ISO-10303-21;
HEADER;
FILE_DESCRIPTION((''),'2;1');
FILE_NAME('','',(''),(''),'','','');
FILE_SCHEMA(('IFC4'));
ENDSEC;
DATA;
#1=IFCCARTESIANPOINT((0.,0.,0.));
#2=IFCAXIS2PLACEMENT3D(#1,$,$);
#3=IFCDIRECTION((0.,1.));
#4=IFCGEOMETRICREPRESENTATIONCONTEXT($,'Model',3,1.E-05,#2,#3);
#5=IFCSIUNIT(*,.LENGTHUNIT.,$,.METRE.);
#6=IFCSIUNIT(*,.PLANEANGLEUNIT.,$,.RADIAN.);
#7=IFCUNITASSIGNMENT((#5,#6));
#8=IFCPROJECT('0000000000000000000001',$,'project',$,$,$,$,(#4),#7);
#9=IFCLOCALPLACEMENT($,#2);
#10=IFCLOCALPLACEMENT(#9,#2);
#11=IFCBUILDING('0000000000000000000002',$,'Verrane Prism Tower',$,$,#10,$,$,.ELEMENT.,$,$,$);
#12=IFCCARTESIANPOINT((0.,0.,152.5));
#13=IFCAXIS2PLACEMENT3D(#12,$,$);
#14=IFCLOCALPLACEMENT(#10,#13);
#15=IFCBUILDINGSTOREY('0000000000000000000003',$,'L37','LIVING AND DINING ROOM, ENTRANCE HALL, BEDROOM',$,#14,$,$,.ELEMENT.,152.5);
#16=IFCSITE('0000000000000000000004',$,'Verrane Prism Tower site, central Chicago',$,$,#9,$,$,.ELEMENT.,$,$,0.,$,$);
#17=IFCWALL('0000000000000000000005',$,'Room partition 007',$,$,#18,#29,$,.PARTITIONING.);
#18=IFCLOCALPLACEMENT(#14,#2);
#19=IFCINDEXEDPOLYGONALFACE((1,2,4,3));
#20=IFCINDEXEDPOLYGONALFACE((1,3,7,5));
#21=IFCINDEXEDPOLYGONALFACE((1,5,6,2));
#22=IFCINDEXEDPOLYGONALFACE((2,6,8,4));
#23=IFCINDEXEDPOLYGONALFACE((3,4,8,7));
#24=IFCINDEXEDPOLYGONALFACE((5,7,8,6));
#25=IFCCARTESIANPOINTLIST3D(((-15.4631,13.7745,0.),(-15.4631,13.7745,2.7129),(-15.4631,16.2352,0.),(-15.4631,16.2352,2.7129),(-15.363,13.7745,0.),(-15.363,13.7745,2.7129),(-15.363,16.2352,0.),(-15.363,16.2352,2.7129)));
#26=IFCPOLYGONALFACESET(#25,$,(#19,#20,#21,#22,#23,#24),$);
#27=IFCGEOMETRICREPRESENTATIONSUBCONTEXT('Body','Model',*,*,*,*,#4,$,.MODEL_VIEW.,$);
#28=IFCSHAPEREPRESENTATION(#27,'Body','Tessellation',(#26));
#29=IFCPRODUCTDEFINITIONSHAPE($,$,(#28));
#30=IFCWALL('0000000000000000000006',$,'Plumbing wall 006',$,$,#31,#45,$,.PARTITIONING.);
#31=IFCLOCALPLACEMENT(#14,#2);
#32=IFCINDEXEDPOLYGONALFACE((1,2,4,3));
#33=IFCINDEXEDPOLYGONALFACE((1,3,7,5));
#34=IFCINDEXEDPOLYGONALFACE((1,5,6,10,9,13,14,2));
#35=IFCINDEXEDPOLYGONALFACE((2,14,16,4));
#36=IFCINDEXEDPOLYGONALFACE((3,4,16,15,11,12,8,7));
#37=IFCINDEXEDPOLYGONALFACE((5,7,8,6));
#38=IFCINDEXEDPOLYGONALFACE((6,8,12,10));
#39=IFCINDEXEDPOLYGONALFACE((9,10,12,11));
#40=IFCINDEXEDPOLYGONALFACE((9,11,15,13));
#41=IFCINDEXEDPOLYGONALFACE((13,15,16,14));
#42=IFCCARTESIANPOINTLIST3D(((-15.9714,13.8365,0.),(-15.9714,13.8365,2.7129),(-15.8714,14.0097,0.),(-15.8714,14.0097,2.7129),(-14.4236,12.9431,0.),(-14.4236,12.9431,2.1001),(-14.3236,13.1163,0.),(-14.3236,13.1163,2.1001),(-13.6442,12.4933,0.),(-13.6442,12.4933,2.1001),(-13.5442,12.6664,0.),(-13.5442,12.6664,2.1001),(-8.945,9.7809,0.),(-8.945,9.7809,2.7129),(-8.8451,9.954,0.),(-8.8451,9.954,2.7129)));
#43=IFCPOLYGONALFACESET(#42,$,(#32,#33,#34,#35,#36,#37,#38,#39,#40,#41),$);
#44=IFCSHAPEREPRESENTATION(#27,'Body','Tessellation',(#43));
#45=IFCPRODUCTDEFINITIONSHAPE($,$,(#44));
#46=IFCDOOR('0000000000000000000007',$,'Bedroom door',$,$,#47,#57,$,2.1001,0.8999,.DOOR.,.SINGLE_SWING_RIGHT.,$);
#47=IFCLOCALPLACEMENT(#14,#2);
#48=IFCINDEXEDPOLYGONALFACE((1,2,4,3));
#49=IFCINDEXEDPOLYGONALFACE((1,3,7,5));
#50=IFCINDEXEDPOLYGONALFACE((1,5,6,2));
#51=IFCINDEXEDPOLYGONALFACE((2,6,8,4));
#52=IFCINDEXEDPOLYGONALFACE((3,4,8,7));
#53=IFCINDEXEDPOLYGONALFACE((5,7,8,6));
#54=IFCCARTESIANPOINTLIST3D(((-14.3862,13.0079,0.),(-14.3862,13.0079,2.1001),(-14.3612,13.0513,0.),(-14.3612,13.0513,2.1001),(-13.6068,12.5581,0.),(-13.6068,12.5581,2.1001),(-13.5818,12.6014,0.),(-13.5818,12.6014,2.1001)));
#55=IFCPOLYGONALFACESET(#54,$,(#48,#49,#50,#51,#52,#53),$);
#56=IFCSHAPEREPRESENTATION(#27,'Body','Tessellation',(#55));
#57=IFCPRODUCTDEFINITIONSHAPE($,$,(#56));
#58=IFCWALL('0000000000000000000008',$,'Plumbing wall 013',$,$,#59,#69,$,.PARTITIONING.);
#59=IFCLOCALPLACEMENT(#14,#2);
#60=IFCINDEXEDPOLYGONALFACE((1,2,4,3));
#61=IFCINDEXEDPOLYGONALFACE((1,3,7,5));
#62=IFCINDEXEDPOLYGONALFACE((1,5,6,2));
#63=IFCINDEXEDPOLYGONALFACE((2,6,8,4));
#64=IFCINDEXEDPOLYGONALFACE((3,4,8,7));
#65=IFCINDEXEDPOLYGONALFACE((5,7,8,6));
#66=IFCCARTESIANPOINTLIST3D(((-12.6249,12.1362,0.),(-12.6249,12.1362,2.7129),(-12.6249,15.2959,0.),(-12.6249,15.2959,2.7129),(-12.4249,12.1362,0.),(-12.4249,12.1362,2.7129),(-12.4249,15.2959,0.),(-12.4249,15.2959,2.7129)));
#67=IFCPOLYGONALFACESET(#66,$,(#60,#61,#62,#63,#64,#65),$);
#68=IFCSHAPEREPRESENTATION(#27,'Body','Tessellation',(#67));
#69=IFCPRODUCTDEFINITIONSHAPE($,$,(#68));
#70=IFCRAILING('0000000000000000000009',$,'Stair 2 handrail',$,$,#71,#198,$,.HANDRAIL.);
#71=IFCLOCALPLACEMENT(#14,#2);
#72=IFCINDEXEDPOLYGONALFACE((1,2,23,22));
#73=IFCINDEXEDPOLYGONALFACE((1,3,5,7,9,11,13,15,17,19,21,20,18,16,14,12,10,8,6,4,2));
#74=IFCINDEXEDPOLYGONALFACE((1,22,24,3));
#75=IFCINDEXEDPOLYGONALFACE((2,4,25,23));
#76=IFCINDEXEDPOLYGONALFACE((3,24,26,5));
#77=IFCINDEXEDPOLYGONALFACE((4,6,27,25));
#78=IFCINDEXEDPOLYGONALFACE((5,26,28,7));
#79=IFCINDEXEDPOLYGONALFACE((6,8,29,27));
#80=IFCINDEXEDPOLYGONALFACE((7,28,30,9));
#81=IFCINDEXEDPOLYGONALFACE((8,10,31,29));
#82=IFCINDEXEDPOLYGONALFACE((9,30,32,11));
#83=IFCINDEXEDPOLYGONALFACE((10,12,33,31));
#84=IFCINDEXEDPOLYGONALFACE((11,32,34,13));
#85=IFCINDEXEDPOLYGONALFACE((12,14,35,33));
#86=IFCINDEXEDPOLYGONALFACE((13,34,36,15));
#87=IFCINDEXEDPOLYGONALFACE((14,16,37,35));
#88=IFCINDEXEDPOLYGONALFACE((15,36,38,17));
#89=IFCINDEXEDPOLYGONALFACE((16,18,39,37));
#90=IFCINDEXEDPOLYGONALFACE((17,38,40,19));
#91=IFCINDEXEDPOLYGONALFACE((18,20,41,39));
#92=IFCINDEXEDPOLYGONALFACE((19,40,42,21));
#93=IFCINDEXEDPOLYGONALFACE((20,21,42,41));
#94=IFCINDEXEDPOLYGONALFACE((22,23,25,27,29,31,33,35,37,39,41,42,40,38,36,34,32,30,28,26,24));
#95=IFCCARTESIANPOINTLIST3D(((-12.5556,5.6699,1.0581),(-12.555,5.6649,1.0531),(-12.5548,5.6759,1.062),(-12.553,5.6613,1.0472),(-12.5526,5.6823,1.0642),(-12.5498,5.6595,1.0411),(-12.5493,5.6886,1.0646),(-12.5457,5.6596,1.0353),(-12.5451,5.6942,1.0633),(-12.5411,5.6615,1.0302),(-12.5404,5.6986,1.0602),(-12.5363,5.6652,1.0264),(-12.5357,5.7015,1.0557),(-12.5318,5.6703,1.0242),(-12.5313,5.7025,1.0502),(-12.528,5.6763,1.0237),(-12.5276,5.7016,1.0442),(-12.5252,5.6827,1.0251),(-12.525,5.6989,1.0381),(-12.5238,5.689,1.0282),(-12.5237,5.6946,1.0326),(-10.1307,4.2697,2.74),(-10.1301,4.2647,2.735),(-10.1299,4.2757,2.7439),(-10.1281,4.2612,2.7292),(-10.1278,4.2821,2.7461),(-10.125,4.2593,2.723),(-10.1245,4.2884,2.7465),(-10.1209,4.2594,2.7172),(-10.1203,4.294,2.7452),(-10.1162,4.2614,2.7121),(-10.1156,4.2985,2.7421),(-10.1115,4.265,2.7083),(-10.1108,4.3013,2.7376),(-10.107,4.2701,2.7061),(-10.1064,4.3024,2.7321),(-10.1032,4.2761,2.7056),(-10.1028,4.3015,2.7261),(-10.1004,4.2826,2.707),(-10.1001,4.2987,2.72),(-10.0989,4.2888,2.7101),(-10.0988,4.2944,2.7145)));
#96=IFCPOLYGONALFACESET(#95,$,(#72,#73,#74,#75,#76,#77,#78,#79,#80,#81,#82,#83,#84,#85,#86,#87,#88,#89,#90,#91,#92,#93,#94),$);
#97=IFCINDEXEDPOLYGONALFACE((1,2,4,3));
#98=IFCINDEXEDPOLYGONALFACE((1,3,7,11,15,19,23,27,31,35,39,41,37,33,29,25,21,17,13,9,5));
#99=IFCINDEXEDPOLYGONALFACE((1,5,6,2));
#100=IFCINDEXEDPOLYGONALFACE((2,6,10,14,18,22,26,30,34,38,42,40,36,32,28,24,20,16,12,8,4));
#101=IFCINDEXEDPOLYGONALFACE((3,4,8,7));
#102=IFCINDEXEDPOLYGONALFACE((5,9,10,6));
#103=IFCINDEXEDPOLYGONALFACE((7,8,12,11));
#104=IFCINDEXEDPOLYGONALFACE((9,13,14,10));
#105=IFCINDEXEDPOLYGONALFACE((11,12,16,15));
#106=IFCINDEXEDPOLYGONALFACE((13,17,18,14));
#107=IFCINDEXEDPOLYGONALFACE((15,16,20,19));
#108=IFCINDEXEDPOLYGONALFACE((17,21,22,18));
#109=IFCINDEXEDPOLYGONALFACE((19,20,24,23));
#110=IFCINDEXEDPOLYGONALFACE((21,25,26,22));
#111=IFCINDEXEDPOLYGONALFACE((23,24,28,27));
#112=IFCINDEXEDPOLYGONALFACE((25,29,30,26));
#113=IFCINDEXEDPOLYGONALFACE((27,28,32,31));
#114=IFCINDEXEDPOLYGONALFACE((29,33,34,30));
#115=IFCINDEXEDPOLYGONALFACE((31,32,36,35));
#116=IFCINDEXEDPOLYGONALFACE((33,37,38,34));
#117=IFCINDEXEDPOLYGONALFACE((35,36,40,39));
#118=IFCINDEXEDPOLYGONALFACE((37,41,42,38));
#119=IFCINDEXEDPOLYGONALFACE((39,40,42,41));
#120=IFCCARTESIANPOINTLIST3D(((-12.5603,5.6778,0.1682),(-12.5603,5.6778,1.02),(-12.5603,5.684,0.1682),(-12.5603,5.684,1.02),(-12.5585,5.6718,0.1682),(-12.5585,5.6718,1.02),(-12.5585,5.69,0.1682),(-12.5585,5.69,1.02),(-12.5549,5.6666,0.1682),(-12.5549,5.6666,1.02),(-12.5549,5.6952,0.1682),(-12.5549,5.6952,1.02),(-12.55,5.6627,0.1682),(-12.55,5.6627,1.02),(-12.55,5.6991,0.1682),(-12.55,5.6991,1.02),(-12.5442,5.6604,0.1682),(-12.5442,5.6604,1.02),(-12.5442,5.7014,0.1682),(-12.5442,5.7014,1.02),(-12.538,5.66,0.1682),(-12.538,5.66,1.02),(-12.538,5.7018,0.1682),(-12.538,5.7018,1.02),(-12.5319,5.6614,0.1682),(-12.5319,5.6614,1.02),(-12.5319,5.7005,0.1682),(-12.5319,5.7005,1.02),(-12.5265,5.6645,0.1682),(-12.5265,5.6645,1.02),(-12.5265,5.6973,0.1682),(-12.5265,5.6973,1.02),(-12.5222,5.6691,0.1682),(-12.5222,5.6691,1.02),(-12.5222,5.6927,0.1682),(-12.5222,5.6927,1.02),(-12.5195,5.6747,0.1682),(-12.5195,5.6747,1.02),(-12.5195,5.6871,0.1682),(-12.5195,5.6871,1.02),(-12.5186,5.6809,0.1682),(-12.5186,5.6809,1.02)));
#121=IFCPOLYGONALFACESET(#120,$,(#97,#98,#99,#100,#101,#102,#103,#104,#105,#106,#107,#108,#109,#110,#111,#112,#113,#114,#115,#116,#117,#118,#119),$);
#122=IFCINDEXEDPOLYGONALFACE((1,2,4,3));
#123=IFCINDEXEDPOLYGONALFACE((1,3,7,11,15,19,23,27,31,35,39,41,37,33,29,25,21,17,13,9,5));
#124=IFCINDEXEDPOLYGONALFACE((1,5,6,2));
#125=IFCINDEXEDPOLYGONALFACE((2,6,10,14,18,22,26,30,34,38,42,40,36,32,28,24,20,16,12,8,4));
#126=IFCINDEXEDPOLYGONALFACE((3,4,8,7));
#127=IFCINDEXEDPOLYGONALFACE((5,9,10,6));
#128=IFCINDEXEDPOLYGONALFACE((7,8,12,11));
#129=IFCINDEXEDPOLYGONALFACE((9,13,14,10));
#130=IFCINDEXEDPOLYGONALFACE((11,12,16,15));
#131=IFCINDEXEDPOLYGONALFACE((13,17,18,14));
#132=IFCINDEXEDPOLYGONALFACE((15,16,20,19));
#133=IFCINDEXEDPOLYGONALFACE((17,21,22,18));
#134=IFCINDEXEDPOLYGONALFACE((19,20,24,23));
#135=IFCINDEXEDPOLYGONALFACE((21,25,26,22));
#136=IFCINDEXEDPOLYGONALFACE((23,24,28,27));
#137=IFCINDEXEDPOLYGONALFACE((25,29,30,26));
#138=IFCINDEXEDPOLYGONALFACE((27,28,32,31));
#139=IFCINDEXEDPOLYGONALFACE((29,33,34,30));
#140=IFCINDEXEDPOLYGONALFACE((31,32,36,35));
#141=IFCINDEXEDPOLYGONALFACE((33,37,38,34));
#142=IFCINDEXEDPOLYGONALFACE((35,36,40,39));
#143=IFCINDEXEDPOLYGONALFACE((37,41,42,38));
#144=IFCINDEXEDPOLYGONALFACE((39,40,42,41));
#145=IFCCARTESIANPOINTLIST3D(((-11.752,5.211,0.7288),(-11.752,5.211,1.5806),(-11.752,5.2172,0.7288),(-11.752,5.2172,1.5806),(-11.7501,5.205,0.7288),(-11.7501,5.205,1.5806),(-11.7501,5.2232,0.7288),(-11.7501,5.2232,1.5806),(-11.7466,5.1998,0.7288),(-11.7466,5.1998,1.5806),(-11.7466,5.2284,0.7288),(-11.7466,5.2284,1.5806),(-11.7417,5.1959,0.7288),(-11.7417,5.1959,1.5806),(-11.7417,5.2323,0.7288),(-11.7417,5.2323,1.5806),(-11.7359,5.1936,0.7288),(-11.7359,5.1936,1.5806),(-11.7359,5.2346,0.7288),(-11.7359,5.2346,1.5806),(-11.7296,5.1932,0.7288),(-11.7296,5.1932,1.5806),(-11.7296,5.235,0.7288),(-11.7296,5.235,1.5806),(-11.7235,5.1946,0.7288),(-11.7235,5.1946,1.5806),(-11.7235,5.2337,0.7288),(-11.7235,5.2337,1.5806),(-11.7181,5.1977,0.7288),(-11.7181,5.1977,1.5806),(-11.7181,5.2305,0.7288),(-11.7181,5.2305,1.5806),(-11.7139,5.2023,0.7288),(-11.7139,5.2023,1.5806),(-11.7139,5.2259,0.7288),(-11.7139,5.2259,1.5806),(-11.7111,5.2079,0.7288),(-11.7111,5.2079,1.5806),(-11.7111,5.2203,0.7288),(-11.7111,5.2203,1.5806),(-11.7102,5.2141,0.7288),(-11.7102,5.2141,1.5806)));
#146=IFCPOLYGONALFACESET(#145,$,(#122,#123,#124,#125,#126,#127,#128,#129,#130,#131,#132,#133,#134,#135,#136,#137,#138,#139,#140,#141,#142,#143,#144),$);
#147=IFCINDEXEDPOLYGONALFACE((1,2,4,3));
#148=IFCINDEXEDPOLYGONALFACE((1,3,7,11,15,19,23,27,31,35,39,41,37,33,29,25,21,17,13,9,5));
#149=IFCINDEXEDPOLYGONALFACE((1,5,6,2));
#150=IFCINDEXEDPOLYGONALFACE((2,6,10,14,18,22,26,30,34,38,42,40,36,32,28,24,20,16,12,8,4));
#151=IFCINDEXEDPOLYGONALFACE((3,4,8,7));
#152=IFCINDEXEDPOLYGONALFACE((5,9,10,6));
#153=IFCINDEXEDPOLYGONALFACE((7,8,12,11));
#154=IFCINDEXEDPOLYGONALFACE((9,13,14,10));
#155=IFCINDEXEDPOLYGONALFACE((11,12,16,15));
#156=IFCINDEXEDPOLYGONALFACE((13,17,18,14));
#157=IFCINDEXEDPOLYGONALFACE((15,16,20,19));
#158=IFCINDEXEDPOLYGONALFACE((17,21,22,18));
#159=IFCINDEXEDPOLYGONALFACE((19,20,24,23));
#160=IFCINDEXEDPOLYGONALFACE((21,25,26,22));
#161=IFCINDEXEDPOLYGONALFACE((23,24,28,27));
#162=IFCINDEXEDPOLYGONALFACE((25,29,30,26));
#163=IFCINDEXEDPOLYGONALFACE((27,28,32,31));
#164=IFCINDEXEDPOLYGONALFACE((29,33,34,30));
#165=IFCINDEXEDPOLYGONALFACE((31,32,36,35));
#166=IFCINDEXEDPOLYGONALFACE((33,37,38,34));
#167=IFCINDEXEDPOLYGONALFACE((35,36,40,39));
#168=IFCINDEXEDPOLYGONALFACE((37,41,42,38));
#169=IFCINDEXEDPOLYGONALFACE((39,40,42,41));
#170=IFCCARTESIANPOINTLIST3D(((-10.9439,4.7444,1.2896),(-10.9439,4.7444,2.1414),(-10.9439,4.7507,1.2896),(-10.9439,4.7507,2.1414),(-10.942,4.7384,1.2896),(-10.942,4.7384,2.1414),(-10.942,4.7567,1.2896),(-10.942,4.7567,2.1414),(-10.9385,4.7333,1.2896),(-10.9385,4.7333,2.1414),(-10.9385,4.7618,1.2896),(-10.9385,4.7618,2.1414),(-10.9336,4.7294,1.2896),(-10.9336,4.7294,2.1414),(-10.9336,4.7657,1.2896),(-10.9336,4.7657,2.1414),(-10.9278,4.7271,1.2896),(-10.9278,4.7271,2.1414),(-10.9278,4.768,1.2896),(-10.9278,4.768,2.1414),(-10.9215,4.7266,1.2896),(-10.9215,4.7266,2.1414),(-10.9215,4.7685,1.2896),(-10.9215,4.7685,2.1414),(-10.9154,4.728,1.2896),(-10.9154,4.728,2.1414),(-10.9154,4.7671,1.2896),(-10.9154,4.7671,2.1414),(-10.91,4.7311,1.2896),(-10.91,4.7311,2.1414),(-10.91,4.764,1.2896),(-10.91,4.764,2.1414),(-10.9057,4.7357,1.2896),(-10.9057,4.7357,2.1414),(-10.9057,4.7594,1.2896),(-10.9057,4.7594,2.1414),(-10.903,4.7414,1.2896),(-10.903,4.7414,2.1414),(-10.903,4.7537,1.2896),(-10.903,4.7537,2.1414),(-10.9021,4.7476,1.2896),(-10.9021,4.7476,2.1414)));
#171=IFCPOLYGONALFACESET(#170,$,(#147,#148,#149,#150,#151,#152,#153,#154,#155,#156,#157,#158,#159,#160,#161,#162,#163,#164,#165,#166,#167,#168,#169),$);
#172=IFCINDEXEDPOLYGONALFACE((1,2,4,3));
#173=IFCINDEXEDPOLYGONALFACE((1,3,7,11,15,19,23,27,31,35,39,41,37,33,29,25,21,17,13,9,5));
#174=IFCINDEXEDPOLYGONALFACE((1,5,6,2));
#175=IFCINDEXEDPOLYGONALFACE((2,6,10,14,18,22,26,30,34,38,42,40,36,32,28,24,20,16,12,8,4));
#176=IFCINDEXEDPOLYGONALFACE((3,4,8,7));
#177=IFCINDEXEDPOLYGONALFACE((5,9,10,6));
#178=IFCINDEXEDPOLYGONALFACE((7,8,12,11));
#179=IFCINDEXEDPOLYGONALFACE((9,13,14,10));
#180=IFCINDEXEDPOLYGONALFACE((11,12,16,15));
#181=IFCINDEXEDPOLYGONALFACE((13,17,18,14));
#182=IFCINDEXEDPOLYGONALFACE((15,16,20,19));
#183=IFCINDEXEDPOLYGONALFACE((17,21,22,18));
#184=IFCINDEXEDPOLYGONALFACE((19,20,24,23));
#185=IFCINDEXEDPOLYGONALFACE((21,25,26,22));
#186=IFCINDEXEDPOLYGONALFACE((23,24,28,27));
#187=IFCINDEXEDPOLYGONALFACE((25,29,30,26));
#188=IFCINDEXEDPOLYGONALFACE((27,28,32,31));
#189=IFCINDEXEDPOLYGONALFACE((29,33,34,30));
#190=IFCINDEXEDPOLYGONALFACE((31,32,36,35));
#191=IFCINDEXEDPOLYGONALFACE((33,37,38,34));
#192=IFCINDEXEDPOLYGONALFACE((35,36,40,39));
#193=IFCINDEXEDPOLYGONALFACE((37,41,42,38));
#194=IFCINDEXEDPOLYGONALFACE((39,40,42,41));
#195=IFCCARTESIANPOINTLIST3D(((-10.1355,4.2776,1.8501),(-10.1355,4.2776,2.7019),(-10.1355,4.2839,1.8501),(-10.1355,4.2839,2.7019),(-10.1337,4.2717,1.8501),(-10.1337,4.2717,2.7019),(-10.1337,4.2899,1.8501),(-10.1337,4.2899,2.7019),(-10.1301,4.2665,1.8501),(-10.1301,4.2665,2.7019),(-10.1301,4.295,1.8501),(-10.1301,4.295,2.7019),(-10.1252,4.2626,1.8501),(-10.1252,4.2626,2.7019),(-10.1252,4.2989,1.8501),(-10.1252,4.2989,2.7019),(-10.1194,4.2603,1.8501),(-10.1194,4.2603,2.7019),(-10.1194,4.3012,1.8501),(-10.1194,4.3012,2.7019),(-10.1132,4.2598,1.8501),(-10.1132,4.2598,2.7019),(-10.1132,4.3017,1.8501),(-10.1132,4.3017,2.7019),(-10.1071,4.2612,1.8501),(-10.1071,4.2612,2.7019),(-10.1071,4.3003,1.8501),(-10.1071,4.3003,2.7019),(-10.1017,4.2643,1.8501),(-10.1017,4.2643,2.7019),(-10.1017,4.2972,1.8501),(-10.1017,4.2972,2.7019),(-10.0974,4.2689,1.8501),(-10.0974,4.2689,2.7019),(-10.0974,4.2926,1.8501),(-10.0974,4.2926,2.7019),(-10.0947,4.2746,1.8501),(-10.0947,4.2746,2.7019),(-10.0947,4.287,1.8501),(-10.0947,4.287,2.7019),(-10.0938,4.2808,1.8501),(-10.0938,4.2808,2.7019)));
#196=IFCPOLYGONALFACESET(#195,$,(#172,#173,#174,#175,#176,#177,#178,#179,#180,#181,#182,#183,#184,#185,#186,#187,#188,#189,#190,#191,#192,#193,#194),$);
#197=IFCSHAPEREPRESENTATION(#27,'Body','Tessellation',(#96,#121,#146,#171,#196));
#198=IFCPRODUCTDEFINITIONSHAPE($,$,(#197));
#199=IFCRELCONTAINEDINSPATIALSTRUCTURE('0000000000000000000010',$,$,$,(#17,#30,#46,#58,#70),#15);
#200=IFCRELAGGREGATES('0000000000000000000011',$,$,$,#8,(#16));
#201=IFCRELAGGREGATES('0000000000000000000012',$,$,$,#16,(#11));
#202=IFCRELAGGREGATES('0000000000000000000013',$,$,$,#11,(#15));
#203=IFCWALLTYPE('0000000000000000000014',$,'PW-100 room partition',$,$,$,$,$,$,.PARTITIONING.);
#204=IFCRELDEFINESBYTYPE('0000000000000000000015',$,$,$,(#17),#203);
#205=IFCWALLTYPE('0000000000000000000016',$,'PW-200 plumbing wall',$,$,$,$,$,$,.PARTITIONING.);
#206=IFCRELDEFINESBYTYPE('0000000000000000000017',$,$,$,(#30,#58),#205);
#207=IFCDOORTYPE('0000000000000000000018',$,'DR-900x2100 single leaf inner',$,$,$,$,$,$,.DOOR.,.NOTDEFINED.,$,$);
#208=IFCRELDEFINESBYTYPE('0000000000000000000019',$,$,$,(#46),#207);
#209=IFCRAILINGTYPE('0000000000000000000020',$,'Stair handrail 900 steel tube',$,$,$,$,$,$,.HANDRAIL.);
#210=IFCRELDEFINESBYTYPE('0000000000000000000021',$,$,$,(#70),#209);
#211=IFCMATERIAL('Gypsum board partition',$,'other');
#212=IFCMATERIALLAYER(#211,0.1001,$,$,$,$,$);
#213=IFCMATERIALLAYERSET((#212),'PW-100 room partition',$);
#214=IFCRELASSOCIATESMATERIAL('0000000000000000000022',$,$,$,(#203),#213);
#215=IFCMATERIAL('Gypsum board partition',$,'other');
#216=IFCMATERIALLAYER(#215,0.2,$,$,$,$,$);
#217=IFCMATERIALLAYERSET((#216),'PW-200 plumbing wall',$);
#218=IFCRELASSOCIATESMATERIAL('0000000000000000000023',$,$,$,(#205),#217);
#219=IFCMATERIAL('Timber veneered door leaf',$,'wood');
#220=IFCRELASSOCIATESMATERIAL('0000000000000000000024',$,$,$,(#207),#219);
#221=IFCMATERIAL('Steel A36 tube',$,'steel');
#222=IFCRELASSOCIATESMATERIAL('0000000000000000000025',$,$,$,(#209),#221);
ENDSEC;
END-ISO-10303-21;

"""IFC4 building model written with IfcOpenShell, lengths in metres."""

from ifc_helpers import new_model, si_unit, direction, frame, frame_2d, origin, origin_2d, place, context, subcontext, project, spatial, rectangle, circle, extrude, material, layer, layer_set, type_object, element, fill, save


model = new_model("IFC4")

# Units and contexts
model_context = context("Model", 3, precision=1e-05, world=origin(), true_north=direction((0.0, 1.0)))
body_context = subcontext(model_context, "Body", "Model", "MODEL_VIEW")
ifc_project = project(units=[si_unit("LENGTHUNIT", "METRE"), si_unit("PLANEANGLEUNIT", "RADIAN")], contexts=[model_context])

# Site, building, storey
site_placement = place(None, origin())
site = spatial("IfcSite", under=ifc_project, at=site_placement, Name="Verrane Prism Tower site, central Chicago", CompositionType="ELEMENT", RefElevation=0.0)
building_placement = place(site_placement, origin())
building = spatial("IfcBuilding", under=site, at=building_placement, Name="Verrane Prism Tower", CompositionType="ELEMENT")
storey_placement = place(building_placement, frame((0.0, 0.0, 152.5)))
storey = spatial("IfcBuildingStorey", under=building, at=storey_placement, Name="L37", Description="LIVING AND DINING ROOM, ENTRANCE HALL, BEDROOM", CompositionType="ELEMENT", Elevation=152.5)

# Shared definitions
ifc_material_1 = material(Name="Gypsum board partition", Category="other")
ifc_layer_1 = layer(ifc_material_1, 0.1001)
ifc_layer_set_1 = layer_set([ifc_layer_1], Name="PW-100 room partition")
wall_type_1 = type_object("IfcWallType", Name="PW-100 room partition", PredefinedType="PARTITIONING", material=ifc_layer_set_1)

# Wall
wall_1_placement = place(storey_placement, frame((-15.4131, 13.7744, 0.0), z_axis=(0.0, 0.0, 1.0), x_axis=(0.0, 1.0, 0.0)))
element("IfcWall", 1, at=wall_1_placement, inside=storey, type_object=wall_type_1, Name="Room partition 007", PredefinedType="PARTITIONING", context=body_context, shape_type="SweptSolid", body=[
    extrude(rectangle(XDim=2.4607, YDim=0.1001, at=frame_2d((1.2305, 0.0))), origin(), (0.0, 0.0, 1.0), 2.7129),
])

# Wall, opening, door
ifc_material_2 = material(Name="Gypsum board partition", Category="other")
ifc_layer_2 = layer(ifc_material_2, 0.2)
ifc_layer_set_2 = layer_set([ifc_layer_2], Name="PW-200 plumbing wall")
wall_type_2 = type_object("IfcWallType", Name="PW-200 plumbing wall", PredefinedType="PARTITIONING", material=ifc_layer_set_2)
wall_2_placement = place(storey_placement, frame((-15.9214, 13.9231, 0.0), z_axis=(0.0, 0.0, 1.0), x_axis=(0.866079, -0.499907, 0.0)))
wall_2 = element("IfcWall", 2, at=wall_2_placement, inside=storey, type_object=wall_type_2, Name="Plumbing wall 006", PredefinedType="PARTITIONING", context=body_context, shape_type="SweptSolid", body=[
    extrude(rectangle(XDim=8.1128, YDim=0.2, at=frame_2d((4.0564, 0.0))), origin(), (0.0, 0.0, 1.0), 2.7129),
])
opening_1_placement = place(wall_2_placement, frame((1.7871, 0.0, 0.0)))
opening_1 = element("IfcOpeningElement", 3, at=opening_1_placement, cuts=wall_2, PredefinedType="OPENING", context=body_context, shape_type="SweptSolid", body=[
    extrude(rectangle(XDim=0.8999, YDim=2.1001, at=frame_2d((0.45, 1.05))), frame((0.0, 0.1099, 0.0), z_axis=(0.0, -1.0, 0.0), x_axis=(1.0, 0.0, 0.0)), (0.0, 0.0, 1.0), 0.22),
])
ifc_material_3 = material(Name="Timber veneered door leaf", Category="wood")
door_type_1 = type_object("IfcDoorType", Name="DR-900x2100 single leaf inner", OperationType="NOTDEFINED", PredefinedType="DOOR", material=ifc_material_3)
door_1_placement = place(opening_1_placement, origin())
door_1 = element("IfcDoor", 4, at=door_1_placement, inside=storey, type_object=door_type_1, Name="Bedroom door", OperationType="SINGLE_SWING_RIGHT", OverallHeight=2.1001, OverallWidth=0.8999, PredefinedType="DOOR", context=body_context, shape_type="SweptSolid", body=[
    extrude(rectangle(XDim=0.8999, YDim=2.1001, at=frame_2d((0.45, 1.05))), frame((0.0, 0.0249, 0.0), z_axis=(0.0, -1.0, 0.0), x_axis=(1.0, 0.0, 0.0)), (0.0, 0.0, 1.0), 0.05),
])
fill(opening_1, door_1)

# Wall
wall_3_placement = place(storey_placement, frame((-12.5249, 12.1362, 0.0), z_axis=(0.0, 0.0, 1.0), x_axis=(0.0, 1.0, 0.0)))
element("IfcWall", 5, at=wall_3_placement, inside=storey, type_object=wall_type_2, Name="Plumbing wall 013", PredefinedType="PARTITIONING", context=body_context, shape_type="SweptSolid", body=[
    extrude(rectangle(XDim=3.1597, YDim=0.2, at=frame_2d((1.5798, 0.0))), origin(), (0.0, 0.0, 1.0), 2.7129),
])

# Railing
ifc_material_4 = material(Name="Steel A36 tube", Category="steel")
railing_type = type_object("IfcRailingType", Name="Stair handrail 900 steel tube", PredefinedType="HANDRAIL", material=ifc_material_4)
railing_placement = place(storey_placement, frame((-12.5396, 5.6809, 0.1682)))
element("IfcRailing", 6, at=railing_placement, inside=storey, type_object=railing_type, Name="Stair 2 handrail", PredefinedType="HANDRAIL", context=body_context, shape_type="SweptSolid", body=[
    extrude(circle(Radius=0.0239, at=origin_2d()), frame((0.0, 0.0, 0.876), z_axis=(0.742367, -0.428662, 0.514918), x_axis=(0.50005, 0.865997, 0.0)), (0.0, 0.0, 1.0), 3.2664),
    extrude(circle(Radius=0.021, at=origin_2d()), origin(), (0.0, 0.0, 1.0), 0.8518),
    extrude(circle(Radius=0.021, at=origin_2d()), frame((0.8083, -0.4668, 0.5605)), (0.0, 0.0, 1.0), 0.8518),
    extrude(circle(Radius=0.021, at=origin_2d()), frame((1.6165, -0.9333, 1.1213)), (0.0, 0.0, 1.0), 0.8518),
    extrude(circle(Radius=0.021, at=origin_2d()), frame((2.4248, -1.4001, 1.6819)), (0.0, 0.0, 1.0), 0.8518),
])

save(model, "model.ifc")
